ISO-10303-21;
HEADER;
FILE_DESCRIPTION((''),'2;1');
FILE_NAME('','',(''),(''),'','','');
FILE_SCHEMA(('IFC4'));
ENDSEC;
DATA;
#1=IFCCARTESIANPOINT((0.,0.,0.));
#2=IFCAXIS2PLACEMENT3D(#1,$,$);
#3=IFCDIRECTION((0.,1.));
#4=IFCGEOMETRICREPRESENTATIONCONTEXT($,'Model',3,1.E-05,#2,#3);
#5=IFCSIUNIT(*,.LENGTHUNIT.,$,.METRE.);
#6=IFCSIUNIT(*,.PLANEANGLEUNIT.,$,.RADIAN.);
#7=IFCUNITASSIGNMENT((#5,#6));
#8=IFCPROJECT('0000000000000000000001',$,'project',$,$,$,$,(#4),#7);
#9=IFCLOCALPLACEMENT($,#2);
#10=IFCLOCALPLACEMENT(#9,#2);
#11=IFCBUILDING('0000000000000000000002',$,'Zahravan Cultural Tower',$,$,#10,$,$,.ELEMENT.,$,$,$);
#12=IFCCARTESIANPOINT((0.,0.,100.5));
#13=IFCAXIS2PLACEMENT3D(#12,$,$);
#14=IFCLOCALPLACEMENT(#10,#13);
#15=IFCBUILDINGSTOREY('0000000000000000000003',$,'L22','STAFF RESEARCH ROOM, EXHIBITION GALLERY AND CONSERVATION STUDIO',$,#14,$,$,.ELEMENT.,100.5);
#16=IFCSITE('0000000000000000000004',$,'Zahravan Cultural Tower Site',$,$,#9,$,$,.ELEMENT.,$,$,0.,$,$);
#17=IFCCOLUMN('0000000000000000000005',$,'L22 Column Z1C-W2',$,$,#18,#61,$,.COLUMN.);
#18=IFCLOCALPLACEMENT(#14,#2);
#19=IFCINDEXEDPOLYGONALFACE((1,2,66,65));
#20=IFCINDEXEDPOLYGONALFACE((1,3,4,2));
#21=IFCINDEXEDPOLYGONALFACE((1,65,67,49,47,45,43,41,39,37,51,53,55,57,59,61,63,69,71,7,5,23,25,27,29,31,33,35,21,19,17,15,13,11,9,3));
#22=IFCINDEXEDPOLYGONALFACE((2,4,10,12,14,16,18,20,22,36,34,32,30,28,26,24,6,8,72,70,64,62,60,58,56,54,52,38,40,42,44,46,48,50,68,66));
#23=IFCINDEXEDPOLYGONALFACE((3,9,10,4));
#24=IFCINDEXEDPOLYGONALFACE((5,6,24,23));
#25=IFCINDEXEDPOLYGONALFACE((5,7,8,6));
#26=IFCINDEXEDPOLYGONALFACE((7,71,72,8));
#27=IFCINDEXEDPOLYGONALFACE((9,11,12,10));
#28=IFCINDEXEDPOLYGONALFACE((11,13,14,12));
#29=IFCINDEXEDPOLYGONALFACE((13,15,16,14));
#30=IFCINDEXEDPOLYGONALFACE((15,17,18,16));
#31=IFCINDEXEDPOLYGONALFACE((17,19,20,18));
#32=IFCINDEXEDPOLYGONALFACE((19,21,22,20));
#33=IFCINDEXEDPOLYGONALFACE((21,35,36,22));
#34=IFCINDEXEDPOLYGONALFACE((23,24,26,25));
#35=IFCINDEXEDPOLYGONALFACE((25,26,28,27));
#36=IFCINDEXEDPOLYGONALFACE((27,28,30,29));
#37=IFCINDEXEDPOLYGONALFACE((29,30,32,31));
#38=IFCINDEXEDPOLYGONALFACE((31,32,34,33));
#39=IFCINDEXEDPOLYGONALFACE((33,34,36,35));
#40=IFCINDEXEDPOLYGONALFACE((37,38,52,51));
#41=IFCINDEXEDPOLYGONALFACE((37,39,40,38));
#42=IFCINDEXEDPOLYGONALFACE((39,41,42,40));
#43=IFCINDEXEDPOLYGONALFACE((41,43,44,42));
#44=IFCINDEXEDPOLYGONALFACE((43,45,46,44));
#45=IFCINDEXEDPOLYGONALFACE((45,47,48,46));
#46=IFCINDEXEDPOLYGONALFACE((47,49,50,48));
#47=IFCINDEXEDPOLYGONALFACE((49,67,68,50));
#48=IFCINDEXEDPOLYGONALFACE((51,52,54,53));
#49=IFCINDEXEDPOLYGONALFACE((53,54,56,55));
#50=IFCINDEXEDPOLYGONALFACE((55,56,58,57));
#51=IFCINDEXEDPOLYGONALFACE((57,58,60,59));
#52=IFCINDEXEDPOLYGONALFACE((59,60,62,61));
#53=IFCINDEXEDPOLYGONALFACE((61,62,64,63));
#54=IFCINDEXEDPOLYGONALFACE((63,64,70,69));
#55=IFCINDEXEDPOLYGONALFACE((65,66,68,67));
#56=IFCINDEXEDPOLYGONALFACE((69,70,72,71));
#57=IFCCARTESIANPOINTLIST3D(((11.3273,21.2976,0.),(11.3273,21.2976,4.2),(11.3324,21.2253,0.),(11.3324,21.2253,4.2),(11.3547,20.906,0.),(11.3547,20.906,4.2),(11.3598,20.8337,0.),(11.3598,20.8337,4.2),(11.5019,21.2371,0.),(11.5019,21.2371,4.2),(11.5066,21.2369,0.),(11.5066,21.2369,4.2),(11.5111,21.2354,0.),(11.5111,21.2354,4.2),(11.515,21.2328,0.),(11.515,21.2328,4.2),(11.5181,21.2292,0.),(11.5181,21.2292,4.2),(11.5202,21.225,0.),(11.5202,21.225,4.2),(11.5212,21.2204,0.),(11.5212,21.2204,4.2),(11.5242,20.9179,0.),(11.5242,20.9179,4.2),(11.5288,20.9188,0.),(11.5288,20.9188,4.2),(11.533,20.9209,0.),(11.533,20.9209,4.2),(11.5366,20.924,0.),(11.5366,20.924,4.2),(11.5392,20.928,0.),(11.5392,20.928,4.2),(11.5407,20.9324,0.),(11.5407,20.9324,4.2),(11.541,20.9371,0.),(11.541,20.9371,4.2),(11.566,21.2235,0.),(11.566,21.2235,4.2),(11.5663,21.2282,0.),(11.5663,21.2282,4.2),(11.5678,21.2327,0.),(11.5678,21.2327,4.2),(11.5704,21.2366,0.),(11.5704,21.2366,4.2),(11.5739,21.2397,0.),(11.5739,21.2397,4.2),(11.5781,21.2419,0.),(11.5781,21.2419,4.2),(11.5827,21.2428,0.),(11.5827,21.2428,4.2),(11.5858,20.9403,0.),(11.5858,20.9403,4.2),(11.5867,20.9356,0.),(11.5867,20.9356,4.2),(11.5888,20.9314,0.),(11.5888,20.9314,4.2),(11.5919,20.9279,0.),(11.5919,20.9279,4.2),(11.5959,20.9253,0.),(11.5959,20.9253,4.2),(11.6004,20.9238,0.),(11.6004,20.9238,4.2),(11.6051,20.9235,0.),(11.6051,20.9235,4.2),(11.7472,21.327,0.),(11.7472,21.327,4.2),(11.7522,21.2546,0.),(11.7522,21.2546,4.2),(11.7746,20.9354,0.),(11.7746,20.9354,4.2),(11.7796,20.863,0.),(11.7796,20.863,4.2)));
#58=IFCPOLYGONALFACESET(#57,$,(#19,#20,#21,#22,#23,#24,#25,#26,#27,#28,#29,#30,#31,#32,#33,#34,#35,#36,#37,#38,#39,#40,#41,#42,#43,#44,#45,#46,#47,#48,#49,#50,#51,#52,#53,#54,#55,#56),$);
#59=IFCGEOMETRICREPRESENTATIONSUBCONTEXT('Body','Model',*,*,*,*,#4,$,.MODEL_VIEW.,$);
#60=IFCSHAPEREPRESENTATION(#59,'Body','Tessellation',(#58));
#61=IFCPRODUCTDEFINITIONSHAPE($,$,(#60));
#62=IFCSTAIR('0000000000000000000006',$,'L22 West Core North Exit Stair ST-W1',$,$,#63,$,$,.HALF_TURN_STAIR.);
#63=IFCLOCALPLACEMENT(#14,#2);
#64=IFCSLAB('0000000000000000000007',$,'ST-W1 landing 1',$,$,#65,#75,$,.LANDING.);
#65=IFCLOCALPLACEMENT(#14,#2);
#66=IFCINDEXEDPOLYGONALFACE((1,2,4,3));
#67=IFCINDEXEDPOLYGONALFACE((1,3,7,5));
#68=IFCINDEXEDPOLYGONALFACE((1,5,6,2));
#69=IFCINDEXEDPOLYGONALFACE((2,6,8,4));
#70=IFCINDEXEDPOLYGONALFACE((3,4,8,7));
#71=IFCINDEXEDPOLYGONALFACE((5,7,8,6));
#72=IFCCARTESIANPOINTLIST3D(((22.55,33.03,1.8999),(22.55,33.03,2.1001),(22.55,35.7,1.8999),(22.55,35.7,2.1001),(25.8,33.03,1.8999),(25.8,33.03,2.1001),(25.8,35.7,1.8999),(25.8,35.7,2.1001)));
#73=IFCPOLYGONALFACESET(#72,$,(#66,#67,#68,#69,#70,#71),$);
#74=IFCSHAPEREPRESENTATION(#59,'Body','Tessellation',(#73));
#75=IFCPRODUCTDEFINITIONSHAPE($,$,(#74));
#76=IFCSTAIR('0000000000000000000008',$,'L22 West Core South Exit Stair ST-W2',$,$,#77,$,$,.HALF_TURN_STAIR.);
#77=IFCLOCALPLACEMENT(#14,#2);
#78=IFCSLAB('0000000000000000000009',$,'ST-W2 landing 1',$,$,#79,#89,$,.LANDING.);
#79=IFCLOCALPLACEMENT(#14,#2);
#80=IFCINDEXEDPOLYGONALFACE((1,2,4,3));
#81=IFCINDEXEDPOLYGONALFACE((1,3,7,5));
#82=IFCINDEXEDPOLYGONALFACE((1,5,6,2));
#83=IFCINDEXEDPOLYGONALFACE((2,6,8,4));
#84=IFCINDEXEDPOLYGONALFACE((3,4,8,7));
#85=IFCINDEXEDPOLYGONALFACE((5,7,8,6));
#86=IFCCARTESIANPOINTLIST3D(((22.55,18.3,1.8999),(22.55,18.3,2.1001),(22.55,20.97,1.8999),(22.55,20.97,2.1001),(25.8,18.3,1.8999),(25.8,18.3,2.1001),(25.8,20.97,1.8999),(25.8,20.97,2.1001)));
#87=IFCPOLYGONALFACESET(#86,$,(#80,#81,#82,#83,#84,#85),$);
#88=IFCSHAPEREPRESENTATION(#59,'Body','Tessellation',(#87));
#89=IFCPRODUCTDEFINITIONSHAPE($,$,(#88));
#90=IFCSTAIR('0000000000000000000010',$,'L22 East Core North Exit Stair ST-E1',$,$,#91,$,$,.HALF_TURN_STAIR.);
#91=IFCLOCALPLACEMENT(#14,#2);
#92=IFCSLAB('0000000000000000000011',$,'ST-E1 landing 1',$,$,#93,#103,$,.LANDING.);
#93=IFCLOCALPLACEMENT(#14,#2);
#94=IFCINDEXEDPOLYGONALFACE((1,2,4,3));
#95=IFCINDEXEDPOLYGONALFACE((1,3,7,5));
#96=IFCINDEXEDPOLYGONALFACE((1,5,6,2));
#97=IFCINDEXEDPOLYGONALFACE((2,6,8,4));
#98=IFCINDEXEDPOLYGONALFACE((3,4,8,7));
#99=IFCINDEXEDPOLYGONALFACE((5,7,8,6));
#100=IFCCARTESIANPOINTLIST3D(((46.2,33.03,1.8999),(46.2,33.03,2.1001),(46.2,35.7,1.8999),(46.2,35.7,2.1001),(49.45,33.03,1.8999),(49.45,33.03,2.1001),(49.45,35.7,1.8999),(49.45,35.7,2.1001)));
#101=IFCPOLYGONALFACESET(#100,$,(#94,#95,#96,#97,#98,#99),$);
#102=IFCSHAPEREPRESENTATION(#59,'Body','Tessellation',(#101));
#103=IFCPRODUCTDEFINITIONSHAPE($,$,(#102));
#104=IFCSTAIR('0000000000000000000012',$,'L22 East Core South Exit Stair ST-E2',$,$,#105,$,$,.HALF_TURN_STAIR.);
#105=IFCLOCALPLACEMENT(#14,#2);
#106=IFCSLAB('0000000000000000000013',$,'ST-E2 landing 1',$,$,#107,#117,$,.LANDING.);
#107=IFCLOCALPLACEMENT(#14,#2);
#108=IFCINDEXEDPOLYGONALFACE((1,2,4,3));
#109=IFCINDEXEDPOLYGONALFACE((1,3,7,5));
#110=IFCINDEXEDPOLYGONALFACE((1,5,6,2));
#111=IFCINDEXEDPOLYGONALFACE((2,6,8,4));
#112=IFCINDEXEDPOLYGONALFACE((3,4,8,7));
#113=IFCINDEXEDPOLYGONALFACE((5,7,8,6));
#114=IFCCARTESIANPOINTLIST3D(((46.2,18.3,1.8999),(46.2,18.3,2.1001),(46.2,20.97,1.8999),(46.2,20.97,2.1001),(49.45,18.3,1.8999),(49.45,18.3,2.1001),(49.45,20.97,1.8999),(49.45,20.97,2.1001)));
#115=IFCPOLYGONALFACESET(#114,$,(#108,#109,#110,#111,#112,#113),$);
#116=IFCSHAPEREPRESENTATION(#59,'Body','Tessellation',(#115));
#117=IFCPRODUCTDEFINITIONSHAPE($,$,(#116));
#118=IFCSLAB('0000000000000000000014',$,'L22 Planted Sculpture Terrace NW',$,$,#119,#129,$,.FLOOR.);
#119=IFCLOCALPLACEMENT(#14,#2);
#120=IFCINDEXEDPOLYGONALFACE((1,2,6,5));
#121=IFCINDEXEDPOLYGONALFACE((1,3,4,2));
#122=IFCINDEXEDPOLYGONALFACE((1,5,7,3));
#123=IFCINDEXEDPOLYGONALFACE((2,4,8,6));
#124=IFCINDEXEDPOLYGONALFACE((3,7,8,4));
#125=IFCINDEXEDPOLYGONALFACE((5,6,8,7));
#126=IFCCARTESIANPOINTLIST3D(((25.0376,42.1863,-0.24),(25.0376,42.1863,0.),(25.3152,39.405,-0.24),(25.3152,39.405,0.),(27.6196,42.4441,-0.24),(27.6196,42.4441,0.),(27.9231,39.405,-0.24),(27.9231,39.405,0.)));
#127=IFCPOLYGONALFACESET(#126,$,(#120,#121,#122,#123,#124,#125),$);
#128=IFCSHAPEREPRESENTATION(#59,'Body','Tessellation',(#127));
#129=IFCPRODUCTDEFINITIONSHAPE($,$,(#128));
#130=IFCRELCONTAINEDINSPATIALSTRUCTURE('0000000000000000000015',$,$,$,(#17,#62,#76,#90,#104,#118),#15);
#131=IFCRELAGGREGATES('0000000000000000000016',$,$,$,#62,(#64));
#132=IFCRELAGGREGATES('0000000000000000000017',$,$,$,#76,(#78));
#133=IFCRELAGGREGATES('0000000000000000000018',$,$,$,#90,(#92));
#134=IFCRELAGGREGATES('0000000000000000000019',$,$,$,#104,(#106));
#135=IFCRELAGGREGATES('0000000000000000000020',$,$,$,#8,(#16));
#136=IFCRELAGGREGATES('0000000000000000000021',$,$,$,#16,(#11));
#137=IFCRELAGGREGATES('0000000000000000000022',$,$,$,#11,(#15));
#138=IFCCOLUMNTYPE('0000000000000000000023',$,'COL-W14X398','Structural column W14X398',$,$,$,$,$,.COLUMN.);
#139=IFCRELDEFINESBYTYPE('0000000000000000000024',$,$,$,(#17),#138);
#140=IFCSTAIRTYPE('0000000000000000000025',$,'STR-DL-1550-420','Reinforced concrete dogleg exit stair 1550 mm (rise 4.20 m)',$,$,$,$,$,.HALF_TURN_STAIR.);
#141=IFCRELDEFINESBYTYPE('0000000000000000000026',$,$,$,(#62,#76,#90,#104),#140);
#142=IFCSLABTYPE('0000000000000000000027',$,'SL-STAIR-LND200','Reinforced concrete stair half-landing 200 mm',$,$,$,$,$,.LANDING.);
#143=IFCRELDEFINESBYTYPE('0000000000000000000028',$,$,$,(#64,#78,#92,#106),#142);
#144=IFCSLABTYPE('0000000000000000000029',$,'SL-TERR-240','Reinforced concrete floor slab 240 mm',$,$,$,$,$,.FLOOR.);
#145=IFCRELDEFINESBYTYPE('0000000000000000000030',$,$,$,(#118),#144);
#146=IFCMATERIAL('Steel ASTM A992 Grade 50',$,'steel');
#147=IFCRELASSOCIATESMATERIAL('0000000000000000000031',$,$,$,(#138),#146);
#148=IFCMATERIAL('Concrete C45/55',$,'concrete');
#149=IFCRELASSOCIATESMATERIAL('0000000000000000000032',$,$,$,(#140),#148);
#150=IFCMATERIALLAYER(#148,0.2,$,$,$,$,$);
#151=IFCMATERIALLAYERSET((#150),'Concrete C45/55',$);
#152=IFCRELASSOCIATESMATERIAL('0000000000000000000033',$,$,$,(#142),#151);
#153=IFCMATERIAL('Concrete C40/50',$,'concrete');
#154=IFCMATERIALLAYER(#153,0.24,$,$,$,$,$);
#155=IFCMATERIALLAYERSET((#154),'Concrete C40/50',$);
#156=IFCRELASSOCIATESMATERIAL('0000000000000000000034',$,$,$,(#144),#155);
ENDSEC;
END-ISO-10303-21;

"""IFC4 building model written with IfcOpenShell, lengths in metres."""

from ifc_helpers import new_model, si_unit, direction, frame, origin, origin_2d, place, context, subcontext, project, spatial, polyline, i_section, outline, extrude, source, transform, mapped, material, layer, layer_set, material_profile, profile_set, type_object, element, aggregate, save


model = new_model("IFC4")

# Units and contexts
model_context = context("Model", 3, precision=1e-05, world=origin(), true_north=direction((0.0, 1.0)))
body_context = subcontext(model_context, "Body", "Model", "MODEL_VIEW")
ifc_project = project(units=[si_unit("LENGTHUNIT", "METRE"), si_unit("PLANEANGLEUNIT", "RADIAN")], contexts=[model_context])

# Site, building, storey
site_placement = place(None, origin())
site = spatial("IfcSite", under=ifc_project, at=site_placement, Name="Zahravan Cultural Tower Site", CompositionType="ELEMENT", RefElevation=0.0)
building_placement = place(site_placement, origin())
building = spatial("IfcBuilding", under=site, at=building_placement, Name="Zahravan Cultural Tower", CompositionType="ELEMENT")
storey_placement = place(building_placement, frame((0.0, 0.0, 100.5)))
storey = spatial("IfcBuildingStorey", under=building, at=storey_placement, Name="L22", Description="STAFF RESEARCH ROOM, EXHIBITION GALLERY AND CONSERVATION STUDIO", CompositionType="ELEMENT", Elevation=100.5)

# Column
ifc_material_1 = material(Name="Steel ASTM A992 Grade 50", Category="steel")
ifc_material_profile = material_profile(ifc_material_1, i_section(OverallWidth=0.4209, OverallDepth=0.4651, WebThickness=0.0449, FlangeThickness=0.0725, FilletRadius=0.0181, at=origin_2d()), Name="W14X398")
ifc_profile_set = profile_set([ifc_material_profile], Name="Steel ASTM A992 Grade 50")
column_type = type_object("IfcColumnType", Name="COL-W14X398", Description="Structural column W14X398", PredefinedType="COLUMN", material=ifc_profile_set)
shared_shape_1 = source(origin(), body_context, "Body", "SweptSolid", [
    extrude(i_section(OverallWidth=0.4209, OverallDepth=0.4651, WebThickness=0.0449, FlangeThickness=0.0725, FilletRadius=0.0181, at=origin_2d()), origin(), (0.0, 0.0, 1.0), 4.2),
])
column_placement = place(storey_placement, frame((11.5535, 21.0803, 0.0), z_axis=(0.0, 0.0, 1.0), x_axis=(0.997564, 0.069756, 0.0)))
element("IfcColumn", 1, at=column_placement, inside=storey, type_object=column_type, Name="L22 Column Z1C-W2", PredefinedType="COLUMN", context=body_context, shape_type="MappedRepresentation", body=[
    mapped(shared_shape_1, transform((0.0, 0.0, 0.0), x_axis=(1.0, 0.0, 0.0), y_axis=(0.0, 1.0, 0.0), z_axis=(0.0, 0.0, 1.0), scale=1.0)),
])

# Stairs, slabs
ifc_material_2 = material(Name="Concrete C45/55", Category="concrete")
stair_type = type_object("IfcStairType", Name="STR-DL-1550-420", Description="Reinforced concrete dogleg exit stair 1550 mm (rise 4.20 m)", PredefinedType="HALF_TURN_STAIR", material=ifc_material_2)
stair_1_placement = place(storey_placement, origin())
stair_1 = element("IfcStair", 2, at=stair_1_placement, inside=storey, type_object=stair_type, Name="L22 West Core North Exit Stair ST-W1", PredefinedType="HALF_TURN_STAIR")
ifc_layer_1 = layer(ifc_material_2, 0.2)
ifc_layer_set_1 = layer_set([ifc_layer_1], Name="Concrete C45/55")
slab_type_1 = type_object("IfcSlabType", Name="SL-STAIR-LND200", Description="Reinforced concrete stair half-landing 200 mm", PredefinedType="LANDING", material=ifc_layer_set_1)
slab_1_placement = place(storey_placement, frame((0.0, 0.0, 1.8999)))
slab_1 = element("IfcSlab", 3, at=slab_1_placement, type_object=slab_type_1, Name="ST-W1 landing 1", PredefinedType="LANDING", context=body_context, shape_type="SweptSolid", body=[
    extrude(outline(polyline([(25.8, 33.03), (25.8, 35.7), (22.55, 35.7), (22.55, 33.03), (25.8, 33.03)])), origin(), (0.0, 0.0, 1.0), 0.2002),
])
aggregate(stair_1, [slab_1])
stair_2_placement = place(storey_placement, origin())
stair_2 = element("IfcStair", 4, at=stair_2_placement, inside=storey, type_object=stair_type, Name="L22 West Core South Exit Stair ST-W2", PredefinedType="HALF_TURN_STAIR")
slab_2_placement = place(storey_placement, frame((0.0, 0.0, 1.8999)))
slab_2 = element("IfcSlab", 5, at=slab_2_placement, type_object=slab_type_1, Name="ST-W2 landing 1", PredefinedType="LANDING", context=body_context, shape_type="SweptSolid", body=[
    extrude(outline(polyline([(22.55, 20.97), (22.55, 18.3), (25.8, 18.3), (25.8, 20.97), (22.55, 20.97)])), origin(), (0.0, 0.0, 1.0), 0.2002),
])
aggregate(stair_2, [slab_2])
stair_3_placement = place(storey_placement, origin())
stair_3 = element("IfcStair", 6, at=stair_3_placement, inside=storey, type_object=stair_type, Name="L22 East Core North Exit Stair ST-E1", PredefinedType="HALF_TURN_STAIR")
slab_3_placement = place(storey_placement, frame((0.0, 0.0, 1.8999)))
slab_3 = element("IfcSlab", 7, at=slab_3_placement, type_object=slab_type_1, Name="ST-E1 landing 1", PredefinedType="LANDING", context=body_context, shape_type="SweptSolid", body=[
    extrude(outline(polyline([(49.45, 33.03), (49.45, 35.7), (46.2, 35.7), (46.2, 33.03), (49.45, 33.03)])), origin(), (0.0, 0.0, 1.0), 0.2002),
])
aggregate(stair_3, [slab_3])
stair_4_placement = place(storey_placement, origin())
stair_4 = element("IfcStair", 8, at=stair_4_placement, inside=storey, type_object=stair_type, Name="L22 East Core South Exit Stair ST-E2", PredefinedType="HALF_TURN_STAIR")
slab_4_placement = place(storey_placement, frame((0.0, 0.0, 1.8999)))
slab_4 = element("IfcSlab", 9, at=slab_4_placement, type_object=slab_type_1, Name="ST-E2 landing 1", PredefinedType="LANDING", context=body_context, shape_type="SweptSolid", body=[
    extrude(outline(polyline([(46.2, 20.97), (46.2, 18.3), (49.45, 18.3), (49.45, 20.97), (46.2, 20.97)])), origin(), (0.0, 0.0, 1.0), 0.2002),
])
aggregate(stair_4, [slab_4])

# Slab
ifc_material_3 = material(Name="Concrete C40/50", Category="concrete")
ifc_layer_2 = layer(ifc_material_3, 0.24)
ifc_layer_set_2 = layer_set([ifc_layer_2], Name="Concrete C40/50")
slab_type_2 = type_object("IfcSlabType", Name="SL-TERR-240", Description="Reinforced concrete floor slab 240 mm", PredefinedType="FLOOR", material=ifc_layer_set_2)
slab_5_placement = place(storey_placement, frame((0.0, 0.0, -0.24)))
element("IfcSlab", 10, at=slab_5_placement, inside=storey, type_object=slab_type_2, Name="L22 Planted Sculpture Terrace NW", PredefinedType="FLOOR", context=body_context, shape_type="SweptSolid", body=[
    extrude(outline(polyline([(25.0376, 42.1863), (25.3152, 39.405), (27.9231, 39.405), (27.6196, 42.4441), (25.0376, 42.1863)])), origin(), (0.0, 0.0, 1.0), 0.24),
])

save(model, "model.ifc")
